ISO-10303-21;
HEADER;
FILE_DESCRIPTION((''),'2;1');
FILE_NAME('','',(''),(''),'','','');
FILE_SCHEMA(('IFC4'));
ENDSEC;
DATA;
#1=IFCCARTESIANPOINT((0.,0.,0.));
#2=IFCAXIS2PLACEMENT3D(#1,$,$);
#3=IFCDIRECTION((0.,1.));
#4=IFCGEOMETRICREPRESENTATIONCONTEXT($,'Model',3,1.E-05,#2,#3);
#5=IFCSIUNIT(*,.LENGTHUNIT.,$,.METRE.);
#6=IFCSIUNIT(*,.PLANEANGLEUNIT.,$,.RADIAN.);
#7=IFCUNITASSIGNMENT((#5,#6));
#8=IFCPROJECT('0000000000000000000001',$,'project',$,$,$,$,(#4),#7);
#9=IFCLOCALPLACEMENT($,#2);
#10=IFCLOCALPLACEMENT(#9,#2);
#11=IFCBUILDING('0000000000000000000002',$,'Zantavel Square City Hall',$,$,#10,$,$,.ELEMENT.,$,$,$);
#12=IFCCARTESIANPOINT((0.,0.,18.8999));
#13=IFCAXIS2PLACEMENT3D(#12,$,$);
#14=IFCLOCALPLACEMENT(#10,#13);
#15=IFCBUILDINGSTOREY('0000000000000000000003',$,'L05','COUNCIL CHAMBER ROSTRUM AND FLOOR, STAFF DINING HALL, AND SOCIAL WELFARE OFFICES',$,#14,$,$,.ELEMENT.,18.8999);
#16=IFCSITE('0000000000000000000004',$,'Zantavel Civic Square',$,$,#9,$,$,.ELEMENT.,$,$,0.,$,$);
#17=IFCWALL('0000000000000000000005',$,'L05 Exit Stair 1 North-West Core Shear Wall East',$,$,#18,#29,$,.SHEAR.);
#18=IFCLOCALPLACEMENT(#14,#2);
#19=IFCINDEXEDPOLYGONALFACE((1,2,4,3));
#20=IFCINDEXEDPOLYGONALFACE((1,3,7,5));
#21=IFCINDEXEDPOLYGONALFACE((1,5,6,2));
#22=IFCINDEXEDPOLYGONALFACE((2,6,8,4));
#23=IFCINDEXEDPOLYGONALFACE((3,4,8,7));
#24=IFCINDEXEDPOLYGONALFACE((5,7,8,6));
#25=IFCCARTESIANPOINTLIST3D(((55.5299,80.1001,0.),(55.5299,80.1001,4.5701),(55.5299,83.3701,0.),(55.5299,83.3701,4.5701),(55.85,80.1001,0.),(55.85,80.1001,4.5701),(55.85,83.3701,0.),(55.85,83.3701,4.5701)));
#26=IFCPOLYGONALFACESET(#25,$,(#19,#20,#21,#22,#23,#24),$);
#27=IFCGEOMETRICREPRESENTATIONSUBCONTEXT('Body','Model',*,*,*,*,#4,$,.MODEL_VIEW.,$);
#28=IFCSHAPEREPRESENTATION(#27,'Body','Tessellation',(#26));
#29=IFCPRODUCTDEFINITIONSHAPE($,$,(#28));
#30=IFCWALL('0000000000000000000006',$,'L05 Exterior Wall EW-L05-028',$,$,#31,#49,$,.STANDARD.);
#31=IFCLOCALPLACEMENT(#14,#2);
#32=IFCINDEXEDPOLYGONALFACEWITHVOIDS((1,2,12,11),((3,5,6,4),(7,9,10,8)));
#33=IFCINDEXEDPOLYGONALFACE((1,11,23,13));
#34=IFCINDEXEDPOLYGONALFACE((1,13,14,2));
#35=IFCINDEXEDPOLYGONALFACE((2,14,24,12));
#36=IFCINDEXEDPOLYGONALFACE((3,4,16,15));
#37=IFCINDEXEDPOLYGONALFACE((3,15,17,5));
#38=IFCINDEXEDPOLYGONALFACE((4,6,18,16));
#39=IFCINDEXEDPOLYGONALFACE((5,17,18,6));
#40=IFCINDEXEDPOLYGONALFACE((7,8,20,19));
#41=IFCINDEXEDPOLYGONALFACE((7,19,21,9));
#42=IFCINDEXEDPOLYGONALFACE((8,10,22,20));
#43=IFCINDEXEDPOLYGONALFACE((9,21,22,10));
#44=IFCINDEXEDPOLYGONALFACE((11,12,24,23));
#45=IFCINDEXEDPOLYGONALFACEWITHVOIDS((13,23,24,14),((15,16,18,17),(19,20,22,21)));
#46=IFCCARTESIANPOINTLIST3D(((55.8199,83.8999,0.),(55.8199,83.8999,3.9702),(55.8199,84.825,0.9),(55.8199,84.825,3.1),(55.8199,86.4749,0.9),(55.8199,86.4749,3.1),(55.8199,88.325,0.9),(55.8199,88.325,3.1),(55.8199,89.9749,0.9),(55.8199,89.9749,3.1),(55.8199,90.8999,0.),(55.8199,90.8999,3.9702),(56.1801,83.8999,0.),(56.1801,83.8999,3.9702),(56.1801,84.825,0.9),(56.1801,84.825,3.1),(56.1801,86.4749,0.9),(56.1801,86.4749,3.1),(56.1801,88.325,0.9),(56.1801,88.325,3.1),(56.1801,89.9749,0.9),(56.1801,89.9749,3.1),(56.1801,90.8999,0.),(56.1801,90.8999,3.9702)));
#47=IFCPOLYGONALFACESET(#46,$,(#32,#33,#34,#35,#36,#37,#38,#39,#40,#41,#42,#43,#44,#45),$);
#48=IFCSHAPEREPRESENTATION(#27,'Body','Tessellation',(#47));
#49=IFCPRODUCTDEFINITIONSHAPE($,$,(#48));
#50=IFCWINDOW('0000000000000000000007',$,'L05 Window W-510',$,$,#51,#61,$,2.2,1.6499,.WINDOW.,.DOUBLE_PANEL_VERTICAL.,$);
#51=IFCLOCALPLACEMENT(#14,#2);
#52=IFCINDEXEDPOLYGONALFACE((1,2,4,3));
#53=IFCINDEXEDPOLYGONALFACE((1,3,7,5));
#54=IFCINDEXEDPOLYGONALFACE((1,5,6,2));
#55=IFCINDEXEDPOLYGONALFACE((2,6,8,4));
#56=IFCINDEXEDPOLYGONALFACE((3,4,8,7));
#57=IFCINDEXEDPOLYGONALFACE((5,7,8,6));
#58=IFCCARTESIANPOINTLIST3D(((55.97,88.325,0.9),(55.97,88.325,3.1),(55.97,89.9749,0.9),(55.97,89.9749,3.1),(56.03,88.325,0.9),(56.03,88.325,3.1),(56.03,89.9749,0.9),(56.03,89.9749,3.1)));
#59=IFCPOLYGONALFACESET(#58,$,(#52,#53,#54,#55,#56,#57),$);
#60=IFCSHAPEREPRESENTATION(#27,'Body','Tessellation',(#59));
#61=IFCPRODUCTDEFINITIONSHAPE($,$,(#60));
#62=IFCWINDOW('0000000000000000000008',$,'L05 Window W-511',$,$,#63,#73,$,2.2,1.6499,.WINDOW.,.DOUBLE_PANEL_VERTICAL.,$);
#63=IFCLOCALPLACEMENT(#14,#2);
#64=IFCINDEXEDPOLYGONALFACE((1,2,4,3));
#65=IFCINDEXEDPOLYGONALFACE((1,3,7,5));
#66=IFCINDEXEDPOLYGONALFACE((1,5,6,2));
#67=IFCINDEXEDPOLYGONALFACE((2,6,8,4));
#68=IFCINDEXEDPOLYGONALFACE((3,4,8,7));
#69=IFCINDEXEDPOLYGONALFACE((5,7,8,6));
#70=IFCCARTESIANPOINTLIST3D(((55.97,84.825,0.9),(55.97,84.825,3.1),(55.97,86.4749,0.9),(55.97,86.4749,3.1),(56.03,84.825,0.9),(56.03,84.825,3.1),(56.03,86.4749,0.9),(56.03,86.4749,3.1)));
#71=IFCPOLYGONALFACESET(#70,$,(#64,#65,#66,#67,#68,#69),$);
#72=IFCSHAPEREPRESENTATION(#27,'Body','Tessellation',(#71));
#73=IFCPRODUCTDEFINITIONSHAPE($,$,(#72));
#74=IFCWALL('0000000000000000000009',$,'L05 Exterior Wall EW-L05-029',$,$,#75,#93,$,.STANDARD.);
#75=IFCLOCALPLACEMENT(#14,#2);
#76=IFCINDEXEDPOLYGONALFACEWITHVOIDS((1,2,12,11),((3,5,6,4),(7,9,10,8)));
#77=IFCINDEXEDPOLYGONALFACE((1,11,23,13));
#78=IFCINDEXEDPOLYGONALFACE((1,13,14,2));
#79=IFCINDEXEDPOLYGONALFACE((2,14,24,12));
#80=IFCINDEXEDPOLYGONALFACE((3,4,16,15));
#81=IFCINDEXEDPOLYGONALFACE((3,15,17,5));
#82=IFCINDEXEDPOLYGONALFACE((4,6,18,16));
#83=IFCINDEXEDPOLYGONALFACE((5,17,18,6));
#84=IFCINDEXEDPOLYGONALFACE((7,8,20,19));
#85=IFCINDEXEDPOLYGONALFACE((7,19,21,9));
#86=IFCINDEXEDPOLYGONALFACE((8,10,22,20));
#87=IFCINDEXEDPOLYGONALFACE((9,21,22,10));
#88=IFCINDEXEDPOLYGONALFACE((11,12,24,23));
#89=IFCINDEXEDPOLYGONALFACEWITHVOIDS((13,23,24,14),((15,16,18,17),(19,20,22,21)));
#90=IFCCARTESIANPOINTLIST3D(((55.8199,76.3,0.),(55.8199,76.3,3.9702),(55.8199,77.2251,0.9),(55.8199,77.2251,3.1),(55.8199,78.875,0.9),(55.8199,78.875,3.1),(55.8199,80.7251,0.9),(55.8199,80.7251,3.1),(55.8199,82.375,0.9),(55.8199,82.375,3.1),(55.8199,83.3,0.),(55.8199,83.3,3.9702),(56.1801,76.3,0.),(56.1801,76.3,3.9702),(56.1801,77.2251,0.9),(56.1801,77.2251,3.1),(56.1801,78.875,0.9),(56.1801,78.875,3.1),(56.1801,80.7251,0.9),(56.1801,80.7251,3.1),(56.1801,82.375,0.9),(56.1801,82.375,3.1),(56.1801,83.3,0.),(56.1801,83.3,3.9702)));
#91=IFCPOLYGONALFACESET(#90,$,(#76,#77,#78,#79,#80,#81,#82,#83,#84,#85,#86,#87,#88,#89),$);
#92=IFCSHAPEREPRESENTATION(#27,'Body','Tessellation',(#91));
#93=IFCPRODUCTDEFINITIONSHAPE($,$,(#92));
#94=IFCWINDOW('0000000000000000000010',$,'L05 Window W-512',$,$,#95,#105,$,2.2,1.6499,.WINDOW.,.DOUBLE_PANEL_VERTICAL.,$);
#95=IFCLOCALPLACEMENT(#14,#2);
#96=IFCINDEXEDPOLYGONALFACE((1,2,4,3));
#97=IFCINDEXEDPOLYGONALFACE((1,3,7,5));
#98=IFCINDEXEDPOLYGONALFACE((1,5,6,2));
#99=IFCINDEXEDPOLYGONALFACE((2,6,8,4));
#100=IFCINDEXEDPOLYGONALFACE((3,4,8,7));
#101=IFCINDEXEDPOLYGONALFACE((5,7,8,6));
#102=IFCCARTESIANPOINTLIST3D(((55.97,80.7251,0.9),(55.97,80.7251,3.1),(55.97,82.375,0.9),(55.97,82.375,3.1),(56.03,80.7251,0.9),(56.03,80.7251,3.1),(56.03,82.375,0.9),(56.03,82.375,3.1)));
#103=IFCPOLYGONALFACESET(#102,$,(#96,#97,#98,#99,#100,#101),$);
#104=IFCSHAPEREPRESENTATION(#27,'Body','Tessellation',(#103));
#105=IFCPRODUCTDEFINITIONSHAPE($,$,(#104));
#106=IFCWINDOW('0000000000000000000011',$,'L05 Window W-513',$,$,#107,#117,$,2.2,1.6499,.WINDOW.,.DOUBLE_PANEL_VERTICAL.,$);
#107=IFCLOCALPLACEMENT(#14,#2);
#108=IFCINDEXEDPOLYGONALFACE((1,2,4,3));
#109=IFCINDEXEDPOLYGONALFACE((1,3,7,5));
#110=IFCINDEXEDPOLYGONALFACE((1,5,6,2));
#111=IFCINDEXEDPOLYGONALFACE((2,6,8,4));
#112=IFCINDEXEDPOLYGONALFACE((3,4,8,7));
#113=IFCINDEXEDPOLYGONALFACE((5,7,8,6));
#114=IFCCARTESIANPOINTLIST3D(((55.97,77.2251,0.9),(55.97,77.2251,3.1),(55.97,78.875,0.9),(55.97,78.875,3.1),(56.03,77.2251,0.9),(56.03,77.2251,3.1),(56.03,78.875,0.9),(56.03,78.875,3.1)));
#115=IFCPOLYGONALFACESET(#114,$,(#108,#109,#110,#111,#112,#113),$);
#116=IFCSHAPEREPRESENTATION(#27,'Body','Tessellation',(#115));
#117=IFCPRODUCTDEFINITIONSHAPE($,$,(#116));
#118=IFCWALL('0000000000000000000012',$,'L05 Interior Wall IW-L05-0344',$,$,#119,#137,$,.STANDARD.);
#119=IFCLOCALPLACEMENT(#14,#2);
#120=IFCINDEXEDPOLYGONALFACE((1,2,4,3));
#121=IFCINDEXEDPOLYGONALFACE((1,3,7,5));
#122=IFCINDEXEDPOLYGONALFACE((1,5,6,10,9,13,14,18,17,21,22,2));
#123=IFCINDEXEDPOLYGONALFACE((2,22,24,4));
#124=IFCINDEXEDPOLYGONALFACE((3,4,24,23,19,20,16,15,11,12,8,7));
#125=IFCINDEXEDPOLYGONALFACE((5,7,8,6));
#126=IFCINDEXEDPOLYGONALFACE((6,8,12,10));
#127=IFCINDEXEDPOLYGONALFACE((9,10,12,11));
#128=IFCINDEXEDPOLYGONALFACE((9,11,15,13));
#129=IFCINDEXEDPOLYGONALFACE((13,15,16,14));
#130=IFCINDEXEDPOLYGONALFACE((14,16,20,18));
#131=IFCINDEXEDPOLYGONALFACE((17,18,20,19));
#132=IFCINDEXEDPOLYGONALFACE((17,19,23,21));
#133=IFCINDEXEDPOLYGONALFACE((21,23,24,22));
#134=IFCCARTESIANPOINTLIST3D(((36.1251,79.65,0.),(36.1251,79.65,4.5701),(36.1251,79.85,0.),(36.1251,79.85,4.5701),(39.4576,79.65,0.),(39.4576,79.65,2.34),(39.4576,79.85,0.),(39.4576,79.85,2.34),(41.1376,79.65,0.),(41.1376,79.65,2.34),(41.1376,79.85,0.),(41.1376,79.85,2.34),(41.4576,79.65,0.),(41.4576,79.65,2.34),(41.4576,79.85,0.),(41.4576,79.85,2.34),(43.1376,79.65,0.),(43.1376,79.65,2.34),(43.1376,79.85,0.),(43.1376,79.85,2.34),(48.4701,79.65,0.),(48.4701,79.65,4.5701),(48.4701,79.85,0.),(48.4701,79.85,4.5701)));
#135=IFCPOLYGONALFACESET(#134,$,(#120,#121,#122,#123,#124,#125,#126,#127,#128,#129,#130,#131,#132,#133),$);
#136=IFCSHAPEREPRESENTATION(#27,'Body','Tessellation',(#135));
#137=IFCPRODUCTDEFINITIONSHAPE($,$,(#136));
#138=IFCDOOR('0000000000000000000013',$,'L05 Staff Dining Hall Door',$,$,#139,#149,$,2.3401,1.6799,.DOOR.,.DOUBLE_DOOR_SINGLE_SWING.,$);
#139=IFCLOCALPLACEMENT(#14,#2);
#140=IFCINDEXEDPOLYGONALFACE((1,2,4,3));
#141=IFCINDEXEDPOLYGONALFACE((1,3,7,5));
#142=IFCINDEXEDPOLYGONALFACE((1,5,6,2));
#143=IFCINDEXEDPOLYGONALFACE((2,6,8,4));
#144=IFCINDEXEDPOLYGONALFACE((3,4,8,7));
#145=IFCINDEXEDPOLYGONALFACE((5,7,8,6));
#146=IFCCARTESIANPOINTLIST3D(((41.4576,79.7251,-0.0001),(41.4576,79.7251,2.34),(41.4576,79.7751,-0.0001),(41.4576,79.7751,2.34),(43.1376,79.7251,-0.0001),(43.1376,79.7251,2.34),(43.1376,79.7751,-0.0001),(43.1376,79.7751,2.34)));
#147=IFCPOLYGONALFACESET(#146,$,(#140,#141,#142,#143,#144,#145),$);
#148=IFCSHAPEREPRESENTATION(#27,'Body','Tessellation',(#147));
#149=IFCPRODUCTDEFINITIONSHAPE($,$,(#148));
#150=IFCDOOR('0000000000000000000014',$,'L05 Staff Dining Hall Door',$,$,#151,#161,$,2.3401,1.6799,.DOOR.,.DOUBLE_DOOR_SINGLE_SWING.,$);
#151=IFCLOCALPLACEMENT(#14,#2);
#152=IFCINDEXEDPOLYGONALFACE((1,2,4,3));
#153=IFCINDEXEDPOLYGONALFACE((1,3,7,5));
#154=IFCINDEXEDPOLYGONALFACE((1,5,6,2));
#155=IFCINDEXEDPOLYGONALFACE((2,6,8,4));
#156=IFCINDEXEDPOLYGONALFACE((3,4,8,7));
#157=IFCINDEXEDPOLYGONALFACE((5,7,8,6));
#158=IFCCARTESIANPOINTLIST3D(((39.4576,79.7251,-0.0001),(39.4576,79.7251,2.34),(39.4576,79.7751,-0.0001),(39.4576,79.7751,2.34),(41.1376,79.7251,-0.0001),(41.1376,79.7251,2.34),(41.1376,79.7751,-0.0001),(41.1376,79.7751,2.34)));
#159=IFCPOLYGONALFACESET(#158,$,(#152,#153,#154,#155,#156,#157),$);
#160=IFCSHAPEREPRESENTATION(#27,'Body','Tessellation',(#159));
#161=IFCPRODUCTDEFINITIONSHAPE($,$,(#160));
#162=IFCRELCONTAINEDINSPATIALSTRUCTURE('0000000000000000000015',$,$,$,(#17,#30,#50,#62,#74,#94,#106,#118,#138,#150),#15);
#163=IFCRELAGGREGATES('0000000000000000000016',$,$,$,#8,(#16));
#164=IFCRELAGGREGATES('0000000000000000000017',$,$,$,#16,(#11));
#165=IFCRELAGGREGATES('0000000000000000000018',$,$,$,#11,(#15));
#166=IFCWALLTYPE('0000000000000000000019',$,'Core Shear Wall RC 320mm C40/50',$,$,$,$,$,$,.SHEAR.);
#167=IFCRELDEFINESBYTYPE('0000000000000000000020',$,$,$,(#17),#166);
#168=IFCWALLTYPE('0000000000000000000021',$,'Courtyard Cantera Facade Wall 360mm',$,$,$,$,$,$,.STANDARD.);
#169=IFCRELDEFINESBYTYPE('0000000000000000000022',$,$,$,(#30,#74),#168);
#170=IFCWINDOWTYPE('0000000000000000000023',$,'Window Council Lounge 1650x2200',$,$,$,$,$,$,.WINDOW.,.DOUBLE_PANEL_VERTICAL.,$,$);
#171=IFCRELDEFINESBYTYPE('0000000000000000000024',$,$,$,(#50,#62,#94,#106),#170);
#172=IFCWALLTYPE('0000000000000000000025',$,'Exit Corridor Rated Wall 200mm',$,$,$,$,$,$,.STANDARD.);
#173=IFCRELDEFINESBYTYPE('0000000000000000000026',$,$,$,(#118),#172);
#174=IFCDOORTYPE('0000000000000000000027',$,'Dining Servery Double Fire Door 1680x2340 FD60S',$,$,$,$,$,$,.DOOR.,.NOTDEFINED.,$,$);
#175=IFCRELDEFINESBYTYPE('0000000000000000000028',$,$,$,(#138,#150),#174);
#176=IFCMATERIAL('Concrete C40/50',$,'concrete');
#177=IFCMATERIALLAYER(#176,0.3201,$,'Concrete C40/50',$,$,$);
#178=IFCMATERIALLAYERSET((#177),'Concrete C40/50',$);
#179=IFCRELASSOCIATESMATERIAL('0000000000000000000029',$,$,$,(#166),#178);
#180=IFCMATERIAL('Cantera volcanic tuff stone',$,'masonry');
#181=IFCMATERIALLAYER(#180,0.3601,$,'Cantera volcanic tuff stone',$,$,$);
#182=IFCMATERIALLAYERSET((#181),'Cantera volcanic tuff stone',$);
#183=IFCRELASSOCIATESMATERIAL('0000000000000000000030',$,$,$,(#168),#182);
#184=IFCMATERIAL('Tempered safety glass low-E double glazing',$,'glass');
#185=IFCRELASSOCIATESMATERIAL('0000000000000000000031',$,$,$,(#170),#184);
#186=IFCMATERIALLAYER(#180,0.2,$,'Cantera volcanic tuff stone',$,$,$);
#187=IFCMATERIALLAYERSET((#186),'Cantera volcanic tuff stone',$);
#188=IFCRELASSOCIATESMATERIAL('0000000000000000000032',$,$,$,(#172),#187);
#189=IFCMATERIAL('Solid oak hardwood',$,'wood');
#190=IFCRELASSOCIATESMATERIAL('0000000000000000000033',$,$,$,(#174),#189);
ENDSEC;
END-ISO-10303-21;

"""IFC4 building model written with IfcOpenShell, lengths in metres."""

from ifc_helpers import new_model, si_unit, direction, frame, frame_2d, origin, place, context, subcontext, project, spatial, rectangle, extrude, material, layer, layer_set, type_object, element, fill, save


model = new_model("IFC4")

# Units and contexts
model_context = context("Model", 3, precision=1e-05, world=origin(), true_north=direction((0.0, 1.0)))
body_context = subcontext(model_context, "Body", "Model", "MODEL_VIEW")
ifc_project = project(units=[si_unit("LENGTHUNIT", "METRE"), si_unit("PLANEANGLEUNIT", "RADIAN")], contexts=[model_context])

# Site, building, storey
site_placement = place(None, origin())
site = spatial("IfcSite", under=ifc_project, at=site_placement, Name="Zantavel Civic Square", CompositionType="ELEMENT", RefElevation=0.0)
building_placement = place(site_placement, origin())
building = spatial("IfcBuilding", under=site, at=building_placement, Name="Zantavel Square City Hall", CompositionType="ELEMENT")
storey_placement = place(building_placement, frame((0.0, 0.0, 18.8999)))
storey = spatial("IfcBuildingStorey", under=building, at=storey_placement, Name="L05", Description="COUNCIL CHAMBER ROSTRUM AND FLOOR, STAFF DINING HALL, AND SOCIAL WELFARE OFFICES", CompositionType="ELEMENT", Elevation=18.8999)

# Shared definitions
ifc_material_1 = material(Name="Concrete C40/50", Category="concrete")

# Shared definitions
ifc_layer_1 = layer(ifc_material_1, 0.3201, Name="Concrete C40/50")
ifc_layer_set_1 = layer_set([ifc_layer_1], Name="Concrete C40/50")
wall_type_1 = type_object("IfcWallType", Name="Core Shear Wall RC 320mm C40/50", PredefinedType="SHEAR", material=ifc_layer_set_1)

# Wall
wall_1_placement = place(storey_placement, frame((55.6899, 83.3701, 0.0), z_axis=(0.0, 0.0, 1.0), x_axis=(0.0, -1.0, 0.0)))
element("IfcWall", 1, at=wall_1_placement, inside=storey, type_object=wall_type_1, Name="L05 Exit Stair 1 North-West Core Shear Wall East", PredefinedType="SHEAR", context=body_context, shape_type="SweptSolid", body=[
    extrude(rectangle(XDim=3.27, YDim=0.3201, at=frame_2d((1.635, 0.0))), origin(), (0.0, 0.0, 1.0), 4.5701),
])

# Walls, openings, windows
ifc_material_2 = material(Name="Cantera volcanic tuff stone", Category="masonry")
ifc_layer_2 = layer(ifc_material_2, 0.3601, Name="Cantera volcanic tuff stone")
ifc_layer_set_2 = layer_set([ifc_layer_2], Name="Cantera volcanic tuff stone")
wall_type_2 = type_object("IfcWallType", Name="Courtyard Cantera Facade Wall 360mm", PredefinedType="STANDARD", material=ifc_layer_set_2)
wall_2_placement = place(storey_placement, frame((56.0, 90.8999, 0.0), z_axis=(0.0, 0.0, 1.0), x_axis=(0.0, -1.0, 0.0)))
wall_2 = element("IfcWall", 2, at=wall_2_placement, inside=storey, type_object=wall_type_2, Name="L05 Exterior Wall EW-L05-028", PredefinedType="STANDARD", context=body_context, shape_type="SweptSolid", body=[
    extrude(rectangle(XDim=7.0, YDim=0.3601, at=frame_2d((3.5, 0.0))), origin(), (0.0, 0.0, 1.0), 3.9702),
])
opening_1_placement = place(wall_2_placement, frame((0.925, 0.0, 0.8999)))
opening_1 = element("IfcOpeningElement", 3, at=opening_1_placement, cuts=wall_2, PredefinedType="OPENING", context=body_context, shape_type="SweptSolid", body=[
    extrude(rectangle(XDim=1.6499, YDim=2.2, at=frame_2d((0.825, 1.1001))), frame((0.0, 0.1899, 0.0), z_axis=(0.0, -1.0, 0.0), x_axis=(1.0, 0.0, 0.0)), (0.0, 0.0, 1.0), 0.3801),
])
opening_2_placement = place(wall_2_placement, frame((4.425, 0.0, 0.8999)))
opening_2 = element("IfcOpeningElement", 4, at=opening_2_placement, cuts=wall_2, PredefinedType="OPENING", context=body_context, shape_type="SweptSolid", body=[
    extrude(rectangle(XDim=1.6499, YDim=2.2, at=frame_2d((0.825, 1.1001))), frame((0.0, 0.1899, 0.0), z_axis=(0.0, -1.0, 0.0), x_axis=(1.0, 0.0, 0.0)), (0.0, 0.0, 1.0), 0.3801),
])
ifc_material_3 = material(Name="Tempered safety glass low-E double glazing", Category="glass")
window_type_1 = type_object("IfcWindowType", Name="Window Council Lounge 1650x2200", PartitioningType="DOUBLE_PANEL_VERTICAL", PredefinedType="WINDOW", material=ifc_material_3)
window_1_placement = place(opening_1_placement, origin())
window_1 = element("IfcWindow", 5, at=window_1_placement, inside=storey, type_object=window_type_1, Name="L05 Window W-510", OverallHeight=2.2, OverallWidth=1.6499, PartitioningType="DOUBLE_PANEL_VERTICAL", PredefinedType="WINDOW", context=body_context, shape_type="SweptSolid", body=[
    extrude(rectangle(XDim=1.6499, YDim=2.2, at=frame_2d((0.825, 1.1001))), frame((0.0, 0.03, 0.0), z_axis=(0.0, -1.0, 0.0), x_axis=(1.0, 0.0, 0.0)), (0.0, 0.0, 1.0), 0.0601),
])
fill(opening_1, window_1)
window_2_placement = place(opening_2_placement, origin())
window_2 = element("IfcWindow", 6, at=window_2_placement, inside=storey, type_object=window_type_1, Name="L05 Window W-511", OverallHeight=2.2, OverallWidth=1.6499, PartitioningType="DOUBLE_PANEL_VERTICAL", PredefinedType="WINDOW", context=body_context, shape_type="SweptSolid", body=[
    extrude(rectangle(XDim=1.6499, YDim=2.2, at=frame_2d((0.825, 1.1001))), frame((0.0, 0.03, 0.0), z_axis=(0.0, -1.0, 0.0), x_axis=(1.0, 0.0, 0.0)), (0.0, 0.0, 1.0), 0.0601),
])
fill(opening_2, window_2)
wall_3_placement = place(storey_placement, frame((56.0, 83.3, 0.0), z_axis=(0.0, 0.0, 1.0), x_axis=(0.0, -1.0, 0.0)))
wall_3 = element("IfcWall", 7, at=wall_3_placement, inside=storey, type_object=wall_type_2, Name="L05 Exterior Wall EW-L05-029", PredefinedType="STANDARD", context=body_context, shape_type="SweptSolid", body=[
    extrude(rectangle(XDim=7.0, YDim=0.3601, at=frame_2d((3.5, 0.0))), origin(), (0.0, 0.0, 1.0), 3.9702),
])
opening_3_placement = place(wall_3_placement, frame((0.925, 0.0, 0.8999)))
opening_3 = element("IfcOpeningElement", 8, at=opening_3_placement, cuts=wall_3, PredefinedType="OPENING", context=body_context, shape_type="SweptSolid", body=[
    extrude(rectangle(XDim=1.6499, YDim=2.2, at=frame_2d((0.825, 1.1001))), frame((0.0, 0.1899, 0.0), z_axis=(0.0, -1.0, 0.0), x_axis=(1.0, 0.0, 0.0)), (0.0, 0.0, 1.0), 0.3801),
])
opening_4_placement = place(wall_3_placement, frame((4.425, 0.0, 0.8999)))
opening_4 = element("IfcOpeningElement", 9, at=opening_4_placement, cuts=wall_3, PredefinedType="OPENING", context=body_context, shape_type="SweptSolid", body=[
    extrude(rectangle(XDim=1.6499, YDim=2.2, at=frame_2d((0.825, 1.1001))), frame((0.0, 0.1899, 0.0), z_axis=(0.0, -1.0, 0.0), x_axis=(1.0, 0.0, 0.0)), (0.0, 0.0, 1.0), 0.3801),
])
window_3_placement = place(opening_3_placement, origin())
window_3 = element("IfcWindow", 10, at=window_3_placement, inside=storey, type_object=window_type_1, Name="L05 Window W-512", OverallHeight=2.2, OverallWidth=1.6499, PartitioningType="DOUBLE_PANEL_VERTICAL", PredefinedType="WINDOW", context=body_context, shape_type="SweptSolid", body=[
    extrude(rectangle(XDim=1.6499, YDim=2.2, at=frame_2d((0.825, 1.1001))), frame((0.0, 0.03, 0.0), z_axis=(0.0, -1.0, 0.0), x_axis=(1.0, 0.0, 0.0)), (0.0, 0.0, 1.0), 0.0601),
])
fill(opening_3, window_3)
window_4_placement = place(opening_4_placement, origin())
window_4 = element("IfcWindow", 11, at=window_4_placement, inside=storey, type_object=window_type_1, Name="L05 Window W-513", OverallHeight=2.2, OverallWidth=1.6499, PartitioningType="DOUBLE_PANEL_VERTICAL", PredefinedType="WINDOW", context=body_context, shape_type="SweptSolid", body=[
    extrude(rectangle(XDim=1.6499, YDim=2.2, at=frame_2d((0.825, 1.1001))), frame((0.0, 0.03, 0.0), z_axis=(0.0, -1.0, 0.0), x_axis=(1.0, 0.0, 0.0)), (0.0, 0.0, 1.0), 0.0601),
])
fill(opening_4, window_4)

# Wall, openings, doors
ifc_layer_3 = layer(ifc_material_2, 0.2, Name="Cantera volcanic tuff stone")
ifc_layer_set_3 = layer_set([ifc_layer_3], Name="Cantera volcanic tuff stone")
wall_type_3 = type_object("IfcWallType", Name="Exit Corridor Rated Wall 200mm", PredefinedType="STANDARD", material=ifc_layer_set_3)
wall_4_placement = place(storey_placement, frame((48.47, 79.75, 0.0), z_axis=(0.0, 0.0, 1.0), x_axis=(-1.0, 0.0, 0.0)))
wall_4 = element("IfcWall", 12, at=wall_4_placement, inside=storey, type_object=wall_type_3, Name="L05 Interior Wall IW-L05-0344", PredefinedType="STANDARD", context=body_context, shape_type="SweptSolid", body=[
    extrude(rectangle(XDim=12.345, YDim=0.2, at=frame_2d((6.1724, 0.0))), origin(), (0.0, 0.0, 1.0), 4.5701),
])
opening_5_placement = place(wall_4_placement, frame((5.3325, 0.0, 0.0)))
opening_5 = element("IfcOpeningElement", 13, at=opening_5_placement, cuts=wall_4, PredefinedType="OPENING", context=body_context, shape_type="SweptSolid", body=[
    extrude(rectangle(XDim=1.6799, YDim=2.3401, at=frame_2d((0.8398, 1.1699))), frame((0.0, 0.1099, 0.0), z_axis=(0.0, -1.0, 0.0), x_axis=(1.0, 0.0, 0.0)), (0.0, 0.0, 1.0), 0.22),
])
opening_6_placement = place(wall_4_placement, frame((7.3325, 0.0, 0.0)))
opening_6 = element("IfcOpeningElement", 14, at=opening_6_placement, cuts=wall_4, PredefinedType="OPENING", context=body_context, shape_type="SweptSolid", body=[
    extrude(rectangle(XDim=1.6799, YDim=2.3401, at=frame_2d((0.8398, 1.1699))), frame((0.0, 0.1099, 0.0), z_axis=(0.0, -1.0, 0.0), x_axis=(1.0, 0.0, 0.0)), (0.0, 0.0, 1.0), 0.22),
])
ifc_material_4 = material(Name="Solid oak hardwood", Category="wood")
door_type_1 = type_object("IfcDoorType", Name="Dining Servery Double Fire Door 1680x2340 FD60S", OperationType="NOTDEFINED", PredefinedType="DOOR", material=ifc_material_4)
door_1_placement = place(opening_5_placement, origin())
door_1 = element("IfcDoor", 15, at=door_1_placement, inside=storey, type_object=door_type_1, Name="L05 Staff Dining Hall Door", OperationType="DOUBLE_DOOR_SINGLE_SWING", OverallHeight=2.3401, OverallWidth=1.6799, PredefinedType="DOOR", context=body_context, shape_type="SweptSolid", body=[
    extrude(rectangle(XDim=1.6799, YDim=2.3401, at=frame_2d((0.8398, 1.1699))), frame((0.0, 0.0249, 0.0), z_axis=(0.0, -1.0, 0.0), x_axis=(1.0, 0.0, 0.0)), (0.0, 0.0, 1.0), 0.05),
])
fill(opening_5, door_1)
door_2_placement = place(opening_6_placement, origin())
door_2 = element("IfcDoor", 16, at=door_2_placement, inside=storey, type_object=door_type_1, Name="L05 Staff Dining Hall Door", OperationType="DOUBLE_DOOR_SINGLE_SWING", OverallHeight=2.3401, OverallWidth=1.6799, PredefinedType="DOOR", context=body_context, shape_type="SweptSolid", body=[
    extrude(rectangle(XDim=1.6799, YDim=2.3401, at=frame_2d((0.8398, 1.1699))), frame((0.0, 0.0249, 0.0), z_axis=(0.0, -1.0, 0.0), x_axis=(1.0, 0.0, 0.0)), (0.0, 0.0, 1.0), 0.05),
])
fill(opening_6, door_2)

save(model, "model.ifc")
